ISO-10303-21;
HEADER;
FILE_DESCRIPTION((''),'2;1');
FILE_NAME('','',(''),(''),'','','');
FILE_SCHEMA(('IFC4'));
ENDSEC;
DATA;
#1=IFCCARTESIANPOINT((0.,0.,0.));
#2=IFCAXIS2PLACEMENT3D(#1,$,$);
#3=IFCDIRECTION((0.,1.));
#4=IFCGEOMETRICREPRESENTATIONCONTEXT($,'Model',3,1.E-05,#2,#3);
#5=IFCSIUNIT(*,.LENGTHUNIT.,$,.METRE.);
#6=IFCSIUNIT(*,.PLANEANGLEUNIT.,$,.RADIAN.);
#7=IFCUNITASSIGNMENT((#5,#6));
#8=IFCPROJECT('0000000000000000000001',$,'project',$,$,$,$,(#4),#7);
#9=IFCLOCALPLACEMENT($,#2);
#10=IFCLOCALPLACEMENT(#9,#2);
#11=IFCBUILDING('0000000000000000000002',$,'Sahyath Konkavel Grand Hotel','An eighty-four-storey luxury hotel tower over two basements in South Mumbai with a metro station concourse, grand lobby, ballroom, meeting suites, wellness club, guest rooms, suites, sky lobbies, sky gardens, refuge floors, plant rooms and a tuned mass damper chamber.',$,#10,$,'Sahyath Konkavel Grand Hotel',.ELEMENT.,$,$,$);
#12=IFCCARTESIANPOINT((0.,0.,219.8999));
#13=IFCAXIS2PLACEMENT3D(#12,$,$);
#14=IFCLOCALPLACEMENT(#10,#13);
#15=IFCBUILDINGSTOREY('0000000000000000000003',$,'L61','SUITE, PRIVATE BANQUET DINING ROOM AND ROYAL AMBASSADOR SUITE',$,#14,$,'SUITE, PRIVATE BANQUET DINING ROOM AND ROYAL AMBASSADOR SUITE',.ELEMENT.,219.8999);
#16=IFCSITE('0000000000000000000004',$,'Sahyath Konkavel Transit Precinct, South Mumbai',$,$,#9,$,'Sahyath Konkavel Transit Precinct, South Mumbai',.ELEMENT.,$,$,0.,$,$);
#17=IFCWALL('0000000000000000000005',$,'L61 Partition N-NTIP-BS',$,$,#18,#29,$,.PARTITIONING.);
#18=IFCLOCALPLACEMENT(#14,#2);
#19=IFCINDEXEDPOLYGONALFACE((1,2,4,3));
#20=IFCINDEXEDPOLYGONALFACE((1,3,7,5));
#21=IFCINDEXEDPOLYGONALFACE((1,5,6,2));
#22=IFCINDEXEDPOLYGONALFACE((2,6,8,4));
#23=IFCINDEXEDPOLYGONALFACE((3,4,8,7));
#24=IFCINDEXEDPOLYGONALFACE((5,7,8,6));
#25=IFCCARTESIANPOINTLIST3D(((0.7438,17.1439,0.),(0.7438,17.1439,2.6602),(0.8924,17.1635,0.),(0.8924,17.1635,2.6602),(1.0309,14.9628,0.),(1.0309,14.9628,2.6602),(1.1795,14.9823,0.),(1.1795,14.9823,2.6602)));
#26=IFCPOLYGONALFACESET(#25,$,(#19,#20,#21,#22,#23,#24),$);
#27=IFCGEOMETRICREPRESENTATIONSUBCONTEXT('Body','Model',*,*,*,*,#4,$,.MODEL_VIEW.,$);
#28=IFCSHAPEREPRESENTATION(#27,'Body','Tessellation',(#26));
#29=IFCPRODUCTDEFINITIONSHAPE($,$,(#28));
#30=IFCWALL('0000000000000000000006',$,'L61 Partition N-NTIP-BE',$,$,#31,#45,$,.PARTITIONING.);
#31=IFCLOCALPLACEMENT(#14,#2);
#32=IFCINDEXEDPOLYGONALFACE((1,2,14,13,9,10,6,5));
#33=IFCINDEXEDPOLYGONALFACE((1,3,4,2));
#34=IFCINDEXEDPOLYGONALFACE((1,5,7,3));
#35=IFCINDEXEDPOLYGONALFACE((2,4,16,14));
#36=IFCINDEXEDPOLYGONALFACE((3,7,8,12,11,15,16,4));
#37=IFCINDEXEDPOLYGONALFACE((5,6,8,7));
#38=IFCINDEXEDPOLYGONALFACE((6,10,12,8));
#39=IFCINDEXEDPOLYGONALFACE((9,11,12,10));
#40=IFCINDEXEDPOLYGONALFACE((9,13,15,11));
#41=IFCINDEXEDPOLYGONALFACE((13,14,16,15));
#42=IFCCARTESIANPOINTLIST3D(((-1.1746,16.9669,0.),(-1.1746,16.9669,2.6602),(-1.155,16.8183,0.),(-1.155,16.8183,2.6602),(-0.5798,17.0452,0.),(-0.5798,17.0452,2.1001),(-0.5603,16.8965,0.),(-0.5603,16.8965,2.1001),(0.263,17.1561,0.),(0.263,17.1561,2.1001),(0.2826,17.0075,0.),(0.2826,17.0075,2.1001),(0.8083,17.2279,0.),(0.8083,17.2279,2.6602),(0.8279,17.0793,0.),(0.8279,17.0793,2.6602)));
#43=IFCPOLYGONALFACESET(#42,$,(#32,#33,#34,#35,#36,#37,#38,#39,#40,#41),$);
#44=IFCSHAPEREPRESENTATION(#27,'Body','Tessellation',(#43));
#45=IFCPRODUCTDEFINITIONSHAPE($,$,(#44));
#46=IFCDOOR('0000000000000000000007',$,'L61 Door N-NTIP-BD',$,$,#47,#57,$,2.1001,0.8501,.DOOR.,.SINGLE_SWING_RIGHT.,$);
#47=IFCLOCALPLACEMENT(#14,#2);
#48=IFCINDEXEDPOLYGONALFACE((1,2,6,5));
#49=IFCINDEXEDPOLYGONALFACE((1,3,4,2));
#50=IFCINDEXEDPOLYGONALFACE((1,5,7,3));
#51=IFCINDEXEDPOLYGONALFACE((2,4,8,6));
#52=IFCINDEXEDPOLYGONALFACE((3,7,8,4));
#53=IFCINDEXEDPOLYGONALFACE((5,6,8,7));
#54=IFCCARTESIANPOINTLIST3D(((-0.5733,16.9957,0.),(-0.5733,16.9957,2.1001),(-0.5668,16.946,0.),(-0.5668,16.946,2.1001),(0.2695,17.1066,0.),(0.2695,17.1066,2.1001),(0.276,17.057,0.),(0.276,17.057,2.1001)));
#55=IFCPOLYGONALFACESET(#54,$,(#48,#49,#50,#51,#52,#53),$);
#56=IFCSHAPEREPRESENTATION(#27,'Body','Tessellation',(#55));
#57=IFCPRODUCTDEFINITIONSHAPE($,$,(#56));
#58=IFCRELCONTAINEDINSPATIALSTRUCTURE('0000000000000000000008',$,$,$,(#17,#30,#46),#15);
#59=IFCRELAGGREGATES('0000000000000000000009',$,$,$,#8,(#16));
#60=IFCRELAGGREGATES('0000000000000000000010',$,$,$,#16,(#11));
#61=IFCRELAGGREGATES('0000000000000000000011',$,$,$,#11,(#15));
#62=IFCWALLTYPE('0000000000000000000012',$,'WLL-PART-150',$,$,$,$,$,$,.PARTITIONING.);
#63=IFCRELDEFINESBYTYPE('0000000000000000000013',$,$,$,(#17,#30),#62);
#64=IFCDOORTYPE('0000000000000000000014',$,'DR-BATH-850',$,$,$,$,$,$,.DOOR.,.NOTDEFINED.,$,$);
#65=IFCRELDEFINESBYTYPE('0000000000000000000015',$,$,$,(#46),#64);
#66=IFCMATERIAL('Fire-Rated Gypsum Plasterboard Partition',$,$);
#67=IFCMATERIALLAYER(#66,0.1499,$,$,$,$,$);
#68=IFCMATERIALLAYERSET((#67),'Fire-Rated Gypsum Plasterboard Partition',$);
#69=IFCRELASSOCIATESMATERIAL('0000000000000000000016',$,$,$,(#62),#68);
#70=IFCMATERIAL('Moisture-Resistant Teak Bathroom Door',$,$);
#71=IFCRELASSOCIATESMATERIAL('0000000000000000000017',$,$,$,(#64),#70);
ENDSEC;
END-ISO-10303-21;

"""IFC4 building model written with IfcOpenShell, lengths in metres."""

from ifc_helpers import new_model, si_unit, direction, frame, frame_2d, origin, origin_2d, place, context, subcontext, project, spatial, rectangle, extrude, source, transform, mapped, material, layer, layer_set, type_object, element, fill, save


model = new_model("IFC4")

# Units and contexts
model_context = context("Model", 3, precision=1e-05, world=origin(), true_north=direction((0.0, 1.0)))
body_context = subcontext(model_context, "Body", "Model", "MODEL_VIEW")
ifc_project = project(units=[si_unit("LENGTHUNIT", "METRE"), si_unit("PLANEANGLEUNIT", "RADIAN")], contexts=[model_context])

# Site, building, storey
site_placement = place(None, origin())
site = spatial("IfcSite", under=ifc_project, at=site_placement, Name="Sahyath Konkavel Transit Precinct, South Mumbai", LongName="Sahyath Konkavel Transit Precinct, South Mumbai", CompositionType="ELEMENT", RefElevation=0.0)
building_placement = place(site_placement, origin())
building = spatial("IfcBuilding", under=site, at=building_placement, Name="Sahyath Konkavel Grand Hotel", Description="An eighty-four-storey luxury hotel tower over two basements in South Mumbai with a metro station concourse, grand lobby, ballroom, meeting suites, wellness club, guest rooms, suites, sky lobbies, sky gardens, refuge floors, plant rooms and a tuned mass damper chamber.", LongName="Sahyath Konkavel Grand Hotel", CompositionType="ELEMENT")
storey_placement = place(building_placement, frame((0.0, 0.0, 219.8999)))
storey = spatial("IfcBuildingStorey", under=building, at=storey_placement, Name="L61", Description="SUITE, PRIVATE BANQUET DINING ROOM AND ROYAL AMBASSADOR SUITE", LongName="SUITE, PRIVATE BANQUET DINING ROOM AND ROYAL AMBASSADOR SUITE", CompositionType="ELEMENT", Elevation=219.8999)

# Shared definitions
shared_shape_1 = source(origin(), body_context, "Body", "SweptSolid", [
    extrude(rectangle(XDim=0.8501, YDim=0.05, at=origin_2d()), origin(), (0.0, 0.0, 1.0), 2.1001),
])

# Wall
ifc_material_1 = material(Name="Fire-Rated Gypsum Plasterboard Partition")
ifc_layer_1 = layer(ifc_material_1, 0.1499)
ifc_layer_set_1 = layer_set([ifc_layer_1], Name="Fire-Rated Gypsum Plasterboard Partition")
wall_type_1 = type_object("IfcWallType", Name="WLL-PART-150", PredefinedType="PARTITIONING", material=ifc_layer_set_1)
wall_1_placement = place(storey_placement, frame((1.1052, 14.9724, 0.0), z_axis=(0.0, 0.0, 1.0), x_axis=(-0.130506, 0.991447, 0.0)))
element("IfcWall", 1, at=wall_1_placement, inside=storey, type_object=wall_type_1, Name="L61 Partition N-NTIP-BS", PredefinedType="PARTITIONING", context=body_context, shape_type="SweptSolid", body=[
    extrude(rectangle(XDim=2.2, YDim=0.1499, at=frame_2d((1.1001, 0.0))), origin(), (0.0, 0.0, 1.0), 2.6602),
])

# Wall, opening, door
wall_2_placement = place(storey_placement, frame((0.8181, 17.1536, 0.0), z_axis=(0.0, 0.0, 1.0), x_axis=(-0.991449, -0.130492, 0.0)))
wall_2 = element("IfcWall", 2, at=wall_2_placement, inside=storey, type_object=wall_type_1, Name="L61 Partition N-NTIP-BE", PredefinedType="PARTITIONING", context=body_context, shape_type="SweptSolid", body=[
    extrude(rectangle(XDim=2.0, YDim=0.1499, at=frame_2d((1.0, 0.0))), origin(), (0.0, 0.0, 1.0), 2.6602),
])
opening_1_placement = place(wall_2_placement, frame((0.55, 0.0, 0.0)))
opening_1 = element("IfcOpeningElement", 3, at=opening_1_placement, cuts=wall_2, PredefinedType="OPENING", context=body_context, shape_type="SweptSolid", body=[
    extrude(rectangle(XDim=0.8501, YDim=2.1001, at=frame_2d((0.425, 1.05))), frame((0.0, 0.085, 0.0), z_axis=(0.0, -1.0, 0.0), x_axis=(1.0, 0.0, 0.0)), (0.0, 0.0, 1.0), 0.1699),
])
ifc_material_2 = material(Name="Moisture-Resistant Teak Bathroom Door")
door_type_1 = type_object("IfcDoorType", Name="DR-BATH-850", OperationType="NOTDEFINED", PredefinedType="DOOR", material=ifc_material_2)
door_1_placement = place(opening_1_placement, frame((0.425, 0.0, 0.0)))
door_1 = element("IfcDoor", 4, at=door_1_placement, inside=storey, type_object=door_type_1, Name="L61 Door N-NTIP-BD", OperationType="SINGLE_SWING_RIGHT", OverallHeight=2.1001, OverallWidth=0.8501, PredefinedType="DOOR", context=body_context, shape_type="MappedRepresentation", body=[
    mapped(shared_shape_1, transform((0.0, 0.0, 0.0), scale=1.0)),
])
fill(opening_1, door_1)

save(model, "model.ifc")
